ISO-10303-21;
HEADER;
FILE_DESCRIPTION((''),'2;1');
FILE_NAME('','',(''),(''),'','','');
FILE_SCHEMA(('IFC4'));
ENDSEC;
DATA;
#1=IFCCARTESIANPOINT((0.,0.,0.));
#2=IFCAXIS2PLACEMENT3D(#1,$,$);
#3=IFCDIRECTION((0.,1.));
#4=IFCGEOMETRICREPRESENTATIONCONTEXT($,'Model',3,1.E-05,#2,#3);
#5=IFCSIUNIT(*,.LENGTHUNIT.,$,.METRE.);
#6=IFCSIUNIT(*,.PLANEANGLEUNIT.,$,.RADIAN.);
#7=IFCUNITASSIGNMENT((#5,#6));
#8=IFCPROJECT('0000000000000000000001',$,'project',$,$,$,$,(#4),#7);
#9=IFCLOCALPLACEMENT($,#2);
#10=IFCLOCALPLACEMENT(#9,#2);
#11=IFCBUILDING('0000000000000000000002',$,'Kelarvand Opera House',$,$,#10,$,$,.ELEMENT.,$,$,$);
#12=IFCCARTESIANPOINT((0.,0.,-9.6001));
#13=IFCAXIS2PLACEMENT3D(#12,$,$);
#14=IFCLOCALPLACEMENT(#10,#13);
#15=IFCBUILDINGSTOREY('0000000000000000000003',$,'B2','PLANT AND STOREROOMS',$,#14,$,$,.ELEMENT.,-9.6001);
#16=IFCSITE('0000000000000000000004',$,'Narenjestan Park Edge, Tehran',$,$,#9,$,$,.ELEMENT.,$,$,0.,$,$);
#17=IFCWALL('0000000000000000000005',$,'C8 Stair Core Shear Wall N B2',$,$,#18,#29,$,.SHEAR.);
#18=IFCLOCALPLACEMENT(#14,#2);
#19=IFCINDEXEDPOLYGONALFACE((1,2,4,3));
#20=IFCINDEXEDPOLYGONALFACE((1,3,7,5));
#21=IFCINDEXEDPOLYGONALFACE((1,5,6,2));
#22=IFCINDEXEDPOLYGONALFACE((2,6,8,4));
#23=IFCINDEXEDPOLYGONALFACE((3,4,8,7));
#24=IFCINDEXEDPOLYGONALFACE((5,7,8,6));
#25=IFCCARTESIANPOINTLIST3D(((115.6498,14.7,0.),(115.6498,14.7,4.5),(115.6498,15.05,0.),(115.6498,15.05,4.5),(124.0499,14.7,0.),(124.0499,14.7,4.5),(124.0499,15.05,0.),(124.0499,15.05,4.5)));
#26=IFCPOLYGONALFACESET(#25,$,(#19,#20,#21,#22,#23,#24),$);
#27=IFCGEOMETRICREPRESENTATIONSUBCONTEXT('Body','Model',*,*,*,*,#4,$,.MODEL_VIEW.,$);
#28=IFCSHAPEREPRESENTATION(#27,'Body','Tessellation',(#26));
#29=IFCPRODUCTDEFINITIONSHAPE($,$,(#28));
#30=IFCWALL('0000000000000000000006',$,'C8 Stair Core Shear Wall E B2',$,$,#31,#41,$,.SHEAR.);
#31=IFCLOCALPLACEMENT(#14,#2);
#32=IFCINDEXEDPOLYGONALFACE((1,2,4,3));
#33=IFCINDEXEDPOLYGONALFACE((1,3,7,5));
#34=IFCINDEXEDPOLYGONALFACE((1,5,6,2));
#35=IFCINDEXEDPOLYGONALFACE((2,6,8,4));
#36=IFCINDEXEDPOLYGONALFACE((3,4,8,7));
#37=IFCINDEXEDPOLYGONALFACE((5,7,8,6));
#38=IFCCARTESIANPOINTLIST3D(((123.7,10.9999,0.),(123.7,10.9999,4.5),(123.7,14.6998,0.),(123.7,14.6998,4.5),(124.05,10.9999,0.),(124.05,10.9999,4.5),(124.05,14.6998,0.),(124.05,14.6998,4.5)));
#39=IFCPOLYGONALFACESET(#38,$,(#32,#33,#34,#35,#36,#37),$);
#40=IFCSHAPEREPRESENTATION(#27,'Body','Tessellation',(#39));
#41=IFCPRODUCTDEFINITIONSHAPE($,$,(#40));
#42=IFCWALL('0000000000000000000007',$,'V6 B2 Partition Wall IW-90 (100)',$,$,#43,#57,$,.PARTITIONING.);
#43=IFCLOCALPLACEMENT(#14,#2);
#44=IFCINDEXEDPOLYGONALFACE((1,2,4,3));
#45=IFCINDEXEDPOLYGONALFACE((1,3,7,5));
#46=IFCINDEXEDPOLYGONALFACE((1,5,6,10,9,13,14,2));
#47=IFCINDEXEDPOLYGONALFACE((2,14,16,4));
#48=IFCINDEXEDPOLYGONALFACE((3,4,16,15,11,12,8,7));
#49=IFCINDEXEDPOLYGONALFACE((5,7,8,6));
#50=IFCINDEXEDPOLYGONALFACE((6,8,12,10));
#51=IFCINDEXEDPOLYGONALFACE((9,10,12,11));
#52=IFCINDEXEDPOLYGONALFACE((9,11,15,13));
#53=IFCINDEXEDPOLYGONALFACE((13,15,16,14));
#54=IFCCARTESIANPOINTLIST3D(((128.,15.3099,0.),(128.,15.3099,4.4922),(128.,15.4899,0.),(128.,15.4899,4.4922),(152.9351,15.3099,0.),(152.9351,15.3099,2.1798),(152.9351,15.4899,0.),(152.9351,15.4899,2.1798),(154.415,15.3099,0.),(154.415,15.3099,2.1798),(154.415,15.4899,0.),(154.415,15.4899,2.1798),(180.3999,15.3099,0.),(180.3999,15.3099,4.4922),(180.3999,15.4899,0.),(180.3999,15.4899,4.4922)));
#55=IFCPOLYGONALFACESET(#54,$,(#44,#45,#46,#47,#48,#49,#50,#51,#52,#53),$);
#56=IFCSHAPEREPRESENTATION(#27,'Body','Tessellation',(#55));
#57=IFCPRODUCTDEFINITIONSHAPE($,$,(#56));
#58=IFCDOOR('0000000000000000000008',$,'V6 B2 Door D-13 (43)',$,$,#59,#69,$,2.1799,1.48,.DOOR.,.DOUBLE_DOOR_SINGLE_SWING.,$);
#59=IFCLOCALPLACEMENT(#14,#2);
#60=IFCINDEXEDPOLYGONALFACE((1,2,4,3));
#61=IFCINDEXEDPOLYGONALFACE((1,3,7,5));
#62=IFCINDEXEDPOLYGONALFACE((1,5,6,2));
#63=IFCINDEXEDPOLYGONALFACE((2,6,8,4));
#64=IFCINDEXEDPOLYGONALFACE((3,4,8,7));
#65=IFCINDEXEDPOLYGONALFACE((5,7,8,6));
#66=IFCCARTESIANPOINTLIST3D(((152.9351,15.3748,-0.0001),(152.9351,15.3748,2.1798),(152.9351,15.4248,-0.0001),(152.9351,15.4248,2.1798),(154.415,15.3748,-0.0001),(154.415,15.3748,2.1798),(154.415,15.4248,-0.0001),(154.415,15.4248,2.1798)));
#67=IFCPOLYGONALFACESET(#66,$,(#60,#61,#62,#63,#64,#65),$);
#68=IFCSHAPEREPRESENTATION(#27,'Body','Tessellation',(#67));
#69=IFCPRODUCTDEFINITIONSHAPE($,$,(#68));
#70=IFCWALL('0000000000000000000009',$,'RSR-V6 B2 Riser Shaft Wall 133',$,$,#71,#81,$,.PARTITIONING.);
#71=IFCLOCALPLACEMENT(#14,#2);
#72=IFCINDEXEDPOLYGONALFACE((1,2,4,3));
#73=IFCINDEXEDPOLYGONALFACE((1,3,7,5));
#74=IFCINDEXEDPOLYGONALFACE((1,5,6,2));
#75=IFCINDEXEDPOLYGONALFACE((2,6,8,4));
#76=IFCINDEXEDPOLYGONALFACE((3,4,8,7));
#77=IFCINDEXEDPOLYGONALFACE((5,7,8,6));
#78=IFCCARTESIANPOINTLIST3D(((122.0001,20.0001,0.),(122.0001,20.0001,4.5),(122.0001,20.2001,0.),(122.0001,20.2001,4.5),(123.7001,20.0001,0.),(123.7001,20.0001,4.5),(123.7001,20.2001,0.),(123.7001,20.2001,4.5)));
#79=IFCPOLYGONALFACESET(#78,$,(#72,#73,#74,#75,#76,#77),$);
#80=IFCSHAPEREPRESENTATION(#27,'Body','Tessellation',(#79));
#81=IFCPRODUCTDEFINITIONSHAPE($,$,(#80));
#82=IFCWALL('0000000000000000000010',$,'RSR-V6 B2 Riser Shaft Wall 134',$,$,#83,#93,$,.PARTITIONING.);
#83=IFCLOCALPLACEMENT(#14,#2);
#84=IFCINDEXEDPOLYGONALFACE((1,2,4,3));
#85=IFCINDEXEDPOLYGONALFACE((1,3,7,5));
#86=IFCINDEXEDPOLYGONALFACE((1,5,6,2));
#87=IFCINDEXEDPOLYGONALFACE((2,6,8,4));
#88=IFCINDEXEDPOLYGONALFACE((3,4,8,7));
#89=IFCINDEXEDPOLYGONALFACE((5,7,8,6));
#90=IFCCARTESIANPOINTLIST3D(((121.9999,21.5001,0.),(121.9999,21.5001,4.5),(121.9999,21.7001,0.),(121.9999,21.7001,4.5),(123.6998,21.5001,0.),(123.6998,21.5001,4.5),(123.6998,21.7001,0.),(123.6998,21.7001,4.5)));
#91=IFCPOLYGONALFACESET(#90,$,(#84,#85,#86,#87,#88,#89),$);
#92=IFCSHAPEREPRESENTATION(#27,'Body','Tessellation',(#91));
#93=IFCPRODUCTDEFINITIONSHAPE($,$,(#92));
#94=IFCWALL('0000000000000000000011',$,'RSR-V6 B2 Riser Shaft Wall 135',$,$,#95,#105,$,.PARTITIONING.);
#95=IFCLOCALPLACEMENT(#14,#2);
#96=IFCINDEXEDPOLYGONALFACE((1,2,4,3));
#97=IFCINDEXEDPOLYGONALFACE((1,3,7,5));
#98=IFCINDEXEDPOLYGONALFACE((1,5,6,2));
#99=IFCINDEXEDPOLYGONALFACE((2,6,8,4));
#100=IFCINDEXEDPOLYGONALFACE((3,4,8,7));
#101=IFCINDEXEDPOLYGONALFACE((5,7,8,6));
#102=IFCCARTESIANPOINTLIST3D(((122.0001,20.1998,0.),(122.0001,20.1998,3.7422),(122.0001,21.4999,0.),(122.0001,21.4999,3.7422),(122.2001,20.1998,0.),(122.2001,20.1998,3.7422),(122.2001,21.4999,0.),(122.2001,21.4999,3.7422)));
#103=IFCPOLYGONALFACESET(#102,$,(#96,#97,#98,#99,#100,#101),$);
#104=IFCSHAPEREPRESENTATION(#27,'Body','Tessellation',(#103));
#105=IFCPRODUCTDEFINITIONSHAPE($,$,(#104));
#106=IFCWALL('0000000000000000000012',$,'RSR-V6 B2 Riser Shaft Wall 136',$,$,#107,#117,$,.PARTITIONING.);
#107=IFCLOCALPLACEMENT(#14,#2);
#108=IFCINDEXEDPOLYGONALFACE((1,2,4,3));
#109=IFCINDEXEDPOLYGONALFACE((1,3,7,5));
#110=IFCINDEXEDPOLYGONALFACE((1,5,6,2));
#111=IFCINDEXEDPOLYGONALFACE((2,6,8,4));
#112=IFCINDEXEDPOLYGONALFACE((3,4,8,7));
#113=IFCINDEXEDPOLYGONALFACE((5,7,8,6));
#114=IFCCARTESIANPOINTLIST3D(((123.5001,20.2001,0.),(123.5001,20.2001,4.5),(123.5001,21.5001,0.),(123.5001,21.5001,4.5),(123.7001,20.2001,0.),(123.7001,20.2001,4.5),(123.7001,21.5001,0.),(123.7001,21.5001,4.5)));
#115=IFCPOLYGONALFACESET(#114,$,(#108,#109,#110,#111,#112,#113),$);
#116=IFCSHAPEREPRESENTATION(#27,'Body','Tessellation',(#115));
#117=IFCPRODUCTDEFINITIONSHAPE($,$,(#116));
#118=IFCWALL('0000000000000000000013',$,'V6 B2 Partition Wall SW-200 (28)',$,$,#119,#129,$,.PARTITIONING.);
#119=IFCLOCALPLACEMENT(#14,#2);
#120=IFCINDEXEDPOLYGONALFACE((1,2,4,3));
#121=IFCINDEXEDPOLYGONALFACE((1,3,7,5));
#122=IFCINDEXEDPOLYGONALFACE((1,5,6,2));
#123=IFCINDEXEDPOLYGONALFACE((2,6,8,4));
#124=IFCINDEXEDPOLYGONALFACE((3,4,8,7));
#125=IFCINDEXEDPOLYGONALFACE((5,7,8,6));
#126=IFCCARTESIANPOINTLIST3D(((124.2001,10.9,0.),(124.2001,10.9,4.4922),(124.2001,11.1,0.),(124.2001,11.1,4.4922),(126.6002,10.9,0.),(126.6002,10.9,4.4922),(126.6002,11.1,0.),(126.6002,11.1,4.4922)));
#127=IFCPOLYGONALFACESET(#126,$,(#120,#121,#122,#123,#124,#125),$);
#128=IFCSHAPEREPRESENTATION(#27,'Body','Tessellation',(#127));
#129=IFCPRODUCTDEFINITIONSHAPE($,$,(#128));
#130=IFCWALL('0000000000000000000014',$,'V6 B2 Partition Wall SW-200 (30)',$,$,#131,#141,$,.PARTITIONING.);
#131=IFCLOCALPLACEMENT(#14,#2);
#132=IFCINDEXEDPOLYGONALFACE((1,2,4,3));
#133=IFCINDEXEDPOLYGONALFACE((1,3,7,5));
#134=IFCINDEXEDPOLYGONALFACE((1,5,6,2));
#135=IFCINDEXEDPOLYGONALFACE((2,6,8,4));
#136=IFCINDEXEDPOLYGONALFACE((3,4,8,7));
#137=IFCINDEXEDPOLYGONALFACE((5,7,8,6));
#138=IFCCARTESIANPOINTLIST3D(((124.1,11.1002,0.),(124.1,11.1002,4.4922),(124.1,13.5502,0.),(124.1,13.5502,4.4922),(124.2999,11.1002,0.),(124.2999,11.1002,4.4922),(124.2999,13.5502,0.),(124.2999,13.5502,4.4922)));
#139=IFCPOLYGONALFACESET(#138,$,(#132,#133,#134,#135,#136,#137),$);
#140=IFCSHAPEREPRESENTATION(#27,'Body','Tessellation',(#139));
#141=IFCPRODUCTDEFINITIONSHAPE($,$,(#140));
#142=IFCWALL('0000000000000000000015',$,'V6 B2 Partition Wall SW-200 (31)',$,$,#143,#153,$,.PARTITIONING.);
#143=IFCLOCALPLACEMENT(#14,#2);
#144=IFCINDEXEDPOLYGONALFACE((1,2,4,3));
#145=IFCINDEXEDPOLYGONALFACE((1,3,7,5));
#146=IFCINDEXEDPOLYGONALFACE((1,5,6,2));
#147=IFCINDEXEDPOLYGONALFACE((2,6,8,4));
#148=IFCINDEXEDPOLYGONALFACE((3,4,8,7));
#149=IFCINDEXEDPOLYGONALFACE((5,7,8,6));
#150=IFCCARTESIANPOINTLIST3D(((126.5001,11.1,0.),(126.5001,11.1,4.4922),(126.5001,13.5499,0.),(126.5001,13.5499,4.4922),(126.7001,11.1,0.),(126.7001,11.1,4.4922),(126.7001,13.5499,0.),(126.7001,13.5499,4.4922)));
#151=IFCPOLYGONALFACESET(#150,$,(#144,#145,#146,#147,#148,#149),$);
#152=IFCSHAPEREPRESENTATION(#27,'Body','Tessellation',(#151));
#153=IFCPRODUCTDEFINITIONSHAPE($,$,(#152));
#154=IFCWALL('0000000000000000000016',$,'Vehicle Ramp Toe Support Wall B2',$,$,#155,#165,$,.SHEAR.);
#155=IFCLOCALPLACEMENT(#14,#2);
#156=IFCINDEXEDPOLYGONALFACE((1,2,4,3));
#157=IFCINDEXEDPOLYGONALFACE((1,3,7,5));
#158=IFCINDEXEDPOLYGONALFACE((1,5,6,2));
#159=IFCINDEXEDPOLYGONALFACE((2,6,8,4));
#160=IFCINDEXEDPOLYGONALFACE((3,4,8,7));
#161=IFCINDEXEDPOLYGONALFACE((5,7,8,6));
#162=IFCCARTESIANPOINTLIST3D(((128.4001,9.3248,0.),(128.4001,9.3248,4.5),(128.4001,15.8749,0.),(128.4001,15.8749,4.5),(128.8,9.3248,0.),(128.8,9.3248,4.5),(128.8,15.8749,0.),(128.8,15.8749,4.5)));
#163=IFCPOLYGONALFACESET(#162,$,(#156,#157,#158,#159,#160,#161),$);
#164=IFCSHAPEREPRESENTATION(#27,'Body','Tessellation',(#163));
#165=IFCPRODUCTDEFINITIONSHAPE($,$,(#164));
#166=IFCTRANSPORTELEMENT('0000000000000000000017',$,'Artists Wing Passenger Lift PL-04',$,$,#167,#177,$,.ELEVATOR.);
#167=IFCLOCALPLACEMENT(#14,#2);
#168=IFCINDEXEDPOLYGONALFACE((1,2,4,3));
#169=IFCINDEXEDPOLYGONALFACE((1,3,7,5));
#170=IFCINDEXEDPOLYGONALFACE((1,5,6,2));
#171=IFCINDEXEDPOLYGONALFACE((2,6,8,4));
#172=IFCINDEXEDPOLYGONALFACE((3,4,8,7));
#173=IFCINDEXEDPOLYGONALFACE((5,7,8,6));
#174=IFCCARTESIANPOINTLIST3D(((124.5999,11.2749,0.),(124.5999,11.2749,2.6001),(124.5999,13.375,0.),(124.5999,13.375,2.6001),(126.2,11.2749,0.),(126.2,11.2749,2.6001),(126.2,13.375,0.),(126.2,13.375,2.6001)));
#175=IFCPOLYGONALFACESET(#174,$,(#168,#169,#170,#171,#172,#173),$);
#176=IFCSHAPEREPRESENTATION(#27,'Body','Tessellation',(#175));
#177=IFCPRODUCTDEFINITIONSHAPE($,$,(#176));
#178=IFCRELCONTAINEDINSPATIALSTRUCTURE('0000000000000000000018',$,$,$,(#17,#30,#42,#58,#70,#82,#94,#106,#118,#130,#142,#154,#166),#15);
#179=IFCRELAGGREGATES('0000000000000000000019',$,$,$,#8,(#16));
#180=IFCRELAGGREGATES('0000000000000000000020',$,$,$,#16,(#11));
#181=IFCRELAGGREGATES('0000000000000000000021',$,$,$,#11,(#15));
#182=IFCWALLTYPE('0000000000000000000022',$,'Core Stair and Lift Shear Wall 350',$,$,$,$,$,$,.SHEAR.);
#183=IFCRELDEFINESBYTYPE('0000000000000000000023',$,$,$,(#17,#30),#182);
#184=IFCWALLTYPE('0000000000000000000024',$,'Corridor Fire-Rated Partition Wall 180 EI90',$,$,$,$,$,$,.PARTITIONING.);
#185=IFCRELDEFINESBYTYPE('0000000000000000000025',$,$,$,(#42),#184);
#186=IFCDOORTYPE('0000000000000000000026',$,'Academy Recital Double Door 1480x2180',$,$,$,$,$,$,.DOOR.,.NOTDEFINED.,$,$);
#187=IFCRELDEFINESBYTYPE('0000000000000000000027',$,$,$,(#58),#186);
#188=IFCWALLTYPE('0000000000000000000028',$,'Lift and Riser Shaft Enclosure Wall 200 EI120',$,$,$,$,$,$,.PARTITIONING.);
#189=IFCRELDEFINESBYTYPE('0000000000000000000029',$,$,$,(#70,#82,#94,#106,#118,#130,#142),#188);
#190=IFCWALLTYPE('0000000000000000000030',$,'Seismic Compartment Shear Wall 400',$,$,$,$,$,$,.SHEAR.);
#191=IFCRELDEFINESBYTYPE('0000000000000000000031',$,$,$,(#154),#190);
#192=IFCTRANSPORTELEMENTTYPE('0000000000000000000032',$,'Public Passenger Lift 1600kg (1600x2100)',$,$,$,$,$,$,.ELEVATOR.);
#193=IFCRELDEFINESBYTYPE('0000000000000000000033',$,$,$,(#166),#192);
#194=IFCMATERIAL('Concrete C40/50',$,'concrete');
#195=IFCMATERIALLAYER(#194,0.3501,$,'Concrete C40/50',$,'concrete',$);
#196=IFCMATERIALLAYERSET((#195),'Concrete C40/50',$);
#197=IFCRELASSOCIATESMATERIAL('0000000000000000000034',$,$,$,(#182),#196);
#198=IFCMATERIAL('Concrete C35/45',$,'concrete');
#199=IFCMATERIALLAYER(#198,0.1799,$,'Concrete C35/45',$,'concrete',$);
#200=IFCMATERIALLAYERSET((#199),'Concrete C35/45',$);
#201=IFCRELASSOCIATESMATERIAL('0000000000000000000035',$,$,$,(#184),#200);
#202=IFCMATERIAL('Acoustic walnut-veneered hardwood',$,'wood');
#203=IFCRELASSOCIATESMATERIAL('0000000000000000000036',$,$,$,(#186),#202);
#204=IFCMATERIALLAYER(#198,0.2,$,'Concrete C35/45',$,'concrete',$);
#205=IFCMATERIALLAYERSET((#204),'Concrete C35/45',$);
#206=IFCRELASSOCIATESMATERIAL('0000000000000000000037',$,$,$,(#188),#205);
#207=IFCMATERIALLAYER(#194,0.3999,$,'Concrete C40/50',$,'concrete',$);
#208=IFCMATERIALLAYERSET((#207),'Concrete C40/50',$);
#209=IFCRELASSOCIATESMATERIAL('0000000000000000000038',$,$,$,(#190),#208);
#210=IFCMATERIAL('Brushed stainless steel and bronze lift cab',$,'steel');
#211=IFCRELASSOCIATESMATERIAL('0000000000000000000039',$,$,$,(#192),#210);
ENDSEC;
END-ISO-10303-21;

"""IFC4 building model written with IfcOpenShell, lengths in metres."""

from ifc_helpers import new_model, si_unit, direction, frame, frame_2d, origin, origin_2d, place, context, subcontext, project, spatial, rectangle, extrude, material, layer, layer_set, type_object, element, fill, save


model = new_model("IFC4")

# Units and contexts
model_context = context("Model", 3, precision=1e-05, world=origin(), true_north=direction((0.0, 1.0)))
body_context = subcontext(model_context, "Body", "Model", "MODEL_VIEW")
ifc_project = project(units=[si_unit("LENGTHUNIT", "METRE"), si_unit("PLANEANGLEUNIT", "RADIAN")], contexts=[model_context])

# Site, building, storey
site_placement = place(None, origin())
site = spatial("IfcSite", under=ifc_project, at=site_placement, Name="Narenjestan Park Edge, Tehran", CompositionType="ELEMENT", RefElevation=0.0)
building_placement = place(site_placement, origin())
building = spatial("IfcBuilding", under=site, at=building_placement, Name="Kelarvand Opera House", CompositionType="ELEMENT")
storey_placement = place(building_placement, frame((0.0, 0.0, -9.6001)))
storey = spatial("IfcBuildingStorey", under=building, at=storey_placement, Name="B2", Description="PLANT AND STOREROOMS", CompositionType="ELEMENT", Elevation=-9.6001)

# Shared definitions
ifc_material_1 = material(Name="Concrete C40/50", Category="concrete")

# Shared definitions
ifc_material_2 = material(Name="Concrete C35/45", Category="concrete")

# Walls
ifc_layer_1 = layer(ifc_material_1, 0.3501, Name="Concrete C40/50", Category="concrete")
ifc_layer_set_1 = layer_set([ifc_layer_1], Name="Concrete C40/50")
wall_type_1 = type_object("IfcWallType", Name="Core Stair and Lift Shear Wall 350", PredefinedType="SHEAR", material=ifc_layer_set_1)
wall_1_placement = place(storey_placement, frame((124.05, 14.875, 0.0), z_axis=(0.0, 0.0, 1.0), x_axis=(-1.0, 0.0, 0.0)))
element("IfcWall", 1, at=wall_1_placement, inside=storey, type_object=wall_type_1, Name="C8 Stair Core Shear Wall N B2", PredefinedType="SHEAR", context=body_context, shape_type="SweptSolid", body=[
    extrude(rectangle(XDim=8.4001, YDim=0.3501, at=frame_2d((4.2002, 0.0))), origin(), (0.0, 0.0, 1.0), 4.5),
])
wall_2_placement = place(storey_placement, frame((123.875, 14.7, 0.0), z_axis=(0.0, 0.0, 1.0), x_axis=(0.0, -1.0, 0.0)))
element("IfcWall", 2, at=wall_2_placement, inside=storey, type_object=wall_type_1, Name="C8 Stair Core Shear Wall E B2", PredefinedType="SHEAR", context=body_context, shape_type="SweptSolid", body=[
    extrude(rectangle(XDim=3.7, YDim=0.3501, at=frame_2d((1.8501, 0.0))), origin(), (0.0, 0.0, 1.0), 4.5),
])

# Wall, opening, door
ifc_layer_2 = layer(ifc_material_2, 0.1799, Name="Concrete C35/45", Category="concrete")
ifc_layer_set_2 = layer_set([ifc_layer_2], Name="Concrete C35/45")
wall_type_2 = type_object("IfcWallType", Name="Corridor Fire-Rated Partition Wall 180 EI90", PredefinedType="PARTITIONING", material=ifc_layer_set_2)
wall_3_placement = place(storey_placement, frame((128.0, 15.3999, 0.0), z_axis=(0.0, 0.0, 1.0), x_axis=(1.0, 0.0, 0.0)))
wall_3 = element("IfcWall", 3, at=wall_3_placement, inside=storey, type_object=wall_type_2, Name="V6 B2 Partition Wall IW-90 (100)", PredefinedType="PARTITIONING", context=body_context, shape_type="SweptSolid", body=[
    extrude(rectangle(XDim=52.3999, YDim=0.1799, at=frame_2d((26.2, 0.0))), origin(), (0.0, 0.0, 1.0), 4.4922),
])
opening_1_placement = place(wall_3_placement, frame((24.9351, 0.0, 0.0)))
opening_1 = element("IfcOpeningElement", 4, at=opening_1_placement, cuts=wall_3, PredefinedType="OPENING", context=body_context, shape_type="SweptSolid", body=[
    extrude(rectangle(XDim=1.48, YDim=2.1799, at=frame_2d((0.74, 1.0898))), frame((0.0, 0.1001, 0.0), z_axis=(0.0, -1.0, 0.0), x_axis=(1.0, 0.0, 0.0)), (0.0, 0.0, 1.0), 0.2),
])
ifc_material_3 = material(Name="Acoustic walnut-veneered hardwood", Category="wood")
door_type_1 = type_object("IfcDoorType", Name="Academy Recital Double Door 1480x2180", OperationType="NOTDEFINED", PredefinedType="DOOR", material=ifc_material_3)
door_1_placement = place(opening_1_placement, origin())
door_1 = element("IfcDoor", 5, at=door_1_placement, inside=storey, type_object=door_type_1, Name="V6 B2 Door D-13 (43)", OperationType="DOUBLE_DOOR_SINGLE_SWING", OverallHeight=2.1799, OverallWidth=1.48, PredefinedType="DOOR", context=body_context, shape_type="SweptSolid", body=[
    extrude(rectangle(XDim=1.48, YDim=2.1799, at=frame_2d((0.74, 1.0898))), frame((0.0, 0.0249, 0.0), z_axis=(0.0, -1.0, 0.0), x_axis=(1.0, 0.0, 0.0)), (0.0, 0.0, 1.0), 0.05),
])
fill(opening_1, door_1)

# Walls
ifc_layer_3 = layer(ifc_material_2, 0.2, Name="Concrete C35/45", Category="concrete")
ifc_layer_set_3 = layer_set([ifc_layer_3], Name="Concrete C35/45")
wall_type_3 = type_object("IfcWallType", Name="Lift and Riser Shaft Enclosure Wall 200 EI120", PredefinedType="PARTITIONING", material=ifc_layer_set_3)
for number, where, z_axis, x_axis, name in (
    (6, (122.0, 20.1001, 0.0), (0.0, 0.0, 1.0), (1.0, 0.0, 0.0), "RSR-V6 B2 Riser Shaft Wall 133"),
    (7, (123.7, 21.6001, 0.0), (0.0, 0.0, 1.0), (-1.0, 0.0, 0.0), "RSR-V6 B2 Riser Shaft Wall 134"),
):
    element("IfcWall", number, at=place(storey_placement, frame(where, z_axis=z_axis, x_axis=x_axis)), inside=storey, type_object=wall_type_3, Name=name, PredefinedType="PARTITIONING", context=body_context, shape_type="SweptSolid", body=[
        extrude(rectangle(XDim=1.7, YDim=0.2, at=frame_2d((0.8501, 0.0))), origin(), (0.0, 0.0, 1.0), 4.5),
    ])
wall_4_placement = place(storey_placement, frame((122.1001, 20.2, 0.0), z_axis=(0.0, 0.0, 1.0), x_axis=(0.0, 1.0, 0.0)))
element("IfcWall", 8, at=wall_4_placement, inside=storey, type_object=wall_type_3, Name="RSR-V6 B2 Riser Shaft Wall 135", PredefinedType="PARTITIONING", context=body_context, shape_type="SweptSolid", body=[
    extrude(rectangle(XDim=1.3, YDim=0.2, at=frame_2d((0.6499, 0.0))), origin(), (0.0, 0.0, 1.0), 3.7422),
])
wall_5_placement = place(storey_placement, frame((123.6001, 21.5, 0.0), z_axis=(0.0, 0.0, 1.0), x_axis=(0.0, -1.0, 0.0)))
element("IfcWall", 9, at=wall_5_placement, inside=storey, type_object=wall_type_3, Name="RSR-V6 B2 Riser Shaft Wall 136", PredefinedType="PARTITIONING", context=body_context, shape_type="SweptSolid", body=[
    extrude(rectangle(XDim=1.3, YDim=0.2, at=frame_2d((0.6499, 0.0))), origin(), (0.0, 0.0, 1.0), 4.5),
])
wall_6_placement = place(storey_placement, frame((124.2, 11.0, 0.0), z_axis=(0.0, 0.0, 1.0), x_axis=(1.0, 0.0, 0.0)))
element("IfcWall", 10, at=wall_6_placement, inside=storey, type_object=wall_type_3, Name="V6 B2 Partition Wall SW-200 (28)", PredefinedType="PARTITIONING", context=body_context, shape_type="SweptSolid", body=[
    extrude(rectangle(XDim=2.4001, YDim=0.2, at=frame_2d((1.2002, 0.0))), origin(), (0.0, 0.0, 1.0), 4.4922),
])

# Walls
for number, where, z_axis, x_axis, name in (
    (11, (124.2, 11.1001, 0.0), (0.0, 0.0, 1.0), (0.0, 1.0, 0.0), "V6 B2 Partition Wall SW-200 (30)"),
    (12, (126.6001, 13.55, 0.0), (0.0, 0.0, 1.0), (0.0, -1.0, 0.0), "V6 B2 Partition Wall SW-200 (31)"),
):
    element("IfcWall", number, at=place(storey_placement, frame(where, z_axis=z_axis, x_axis=x_axis)), inside=storey, type_object=wall_type_3, Name=name, PredefinedType="PARTITIONING", context=body_context, shape_type="SweptSolid", body=[
        extrude(rectangle(XDim=2.45, YDim=0.2, at=frame_2d((1.2251, 0.0))), origin(), (0.0, 0.0, 1.0), 4.4922),
    ])
ifc_layer_4 = layer(ifc_material_1, 0.3999, Name="Concrete C40/50", Category="concrete")
ifc_layer_set_4 = layer_set([ifc_layer_4], Name="Concrete C40/50")
wall_type_4 = type_object("IfcWallType", Name="Seismic Compartment Shear Wall 400", PredefinedType="SHEAR", material=ifc_layer_set_4)
wall_7_placement = place(storey_placement, frame((128.6001, 9.325, 0.0), z_axis=(0.0, 0.0, 1.0), x_axis=(0.0, 1.0, 0.0)))
element("IfcWall", 13, at=wall_7_placement, inside=storey, type_object=wall_type_4, Name="Vehicle Ramp Toe Support Wall B2", PredefinedType="SHEAR", context=body_context, shape_type="SweptSolid", body=[
    extrude(rectangle(XDim=6.55, YDim=0.3999, at=frame_2d((3.2749, 0.0))), origin(), (0.0, 0.0, 1.0), 4.5),
])

# Transport element
ifc_material_4 = material(Name="Brushed stainless steel and bronze lift cab", Category="steel")
transport_element_type = type_object("IfcTransportElementType", Name="Public Passenger Lift 1600kg (1600x2100)", PredefinedType="ELEVATOR", material=ifc_material_4)
transport_element_placement = place(storey_placement, frame((125.3999, 12.325, 0.0), z_axis=(0.0, 0.0, 1.0), x_axis=(1.0, 0.0, 0.0)))
element("IfcTransportElement", 14, at=transport_element_placement, inside=storey, type_object=transport_element_type, Name="Artists Wing Passenger Lift PL-04", PredefinedType="ELEVATOR", context=body_context, shape_type="SweptSolid", body=[
    extrude(rectangle(XDim=1.6001, YDim=2.1001, at=origin_2d()), origin(), (0.0, 0.0, 1.0), 2.6001),
])

save(model, "model.ifc")
